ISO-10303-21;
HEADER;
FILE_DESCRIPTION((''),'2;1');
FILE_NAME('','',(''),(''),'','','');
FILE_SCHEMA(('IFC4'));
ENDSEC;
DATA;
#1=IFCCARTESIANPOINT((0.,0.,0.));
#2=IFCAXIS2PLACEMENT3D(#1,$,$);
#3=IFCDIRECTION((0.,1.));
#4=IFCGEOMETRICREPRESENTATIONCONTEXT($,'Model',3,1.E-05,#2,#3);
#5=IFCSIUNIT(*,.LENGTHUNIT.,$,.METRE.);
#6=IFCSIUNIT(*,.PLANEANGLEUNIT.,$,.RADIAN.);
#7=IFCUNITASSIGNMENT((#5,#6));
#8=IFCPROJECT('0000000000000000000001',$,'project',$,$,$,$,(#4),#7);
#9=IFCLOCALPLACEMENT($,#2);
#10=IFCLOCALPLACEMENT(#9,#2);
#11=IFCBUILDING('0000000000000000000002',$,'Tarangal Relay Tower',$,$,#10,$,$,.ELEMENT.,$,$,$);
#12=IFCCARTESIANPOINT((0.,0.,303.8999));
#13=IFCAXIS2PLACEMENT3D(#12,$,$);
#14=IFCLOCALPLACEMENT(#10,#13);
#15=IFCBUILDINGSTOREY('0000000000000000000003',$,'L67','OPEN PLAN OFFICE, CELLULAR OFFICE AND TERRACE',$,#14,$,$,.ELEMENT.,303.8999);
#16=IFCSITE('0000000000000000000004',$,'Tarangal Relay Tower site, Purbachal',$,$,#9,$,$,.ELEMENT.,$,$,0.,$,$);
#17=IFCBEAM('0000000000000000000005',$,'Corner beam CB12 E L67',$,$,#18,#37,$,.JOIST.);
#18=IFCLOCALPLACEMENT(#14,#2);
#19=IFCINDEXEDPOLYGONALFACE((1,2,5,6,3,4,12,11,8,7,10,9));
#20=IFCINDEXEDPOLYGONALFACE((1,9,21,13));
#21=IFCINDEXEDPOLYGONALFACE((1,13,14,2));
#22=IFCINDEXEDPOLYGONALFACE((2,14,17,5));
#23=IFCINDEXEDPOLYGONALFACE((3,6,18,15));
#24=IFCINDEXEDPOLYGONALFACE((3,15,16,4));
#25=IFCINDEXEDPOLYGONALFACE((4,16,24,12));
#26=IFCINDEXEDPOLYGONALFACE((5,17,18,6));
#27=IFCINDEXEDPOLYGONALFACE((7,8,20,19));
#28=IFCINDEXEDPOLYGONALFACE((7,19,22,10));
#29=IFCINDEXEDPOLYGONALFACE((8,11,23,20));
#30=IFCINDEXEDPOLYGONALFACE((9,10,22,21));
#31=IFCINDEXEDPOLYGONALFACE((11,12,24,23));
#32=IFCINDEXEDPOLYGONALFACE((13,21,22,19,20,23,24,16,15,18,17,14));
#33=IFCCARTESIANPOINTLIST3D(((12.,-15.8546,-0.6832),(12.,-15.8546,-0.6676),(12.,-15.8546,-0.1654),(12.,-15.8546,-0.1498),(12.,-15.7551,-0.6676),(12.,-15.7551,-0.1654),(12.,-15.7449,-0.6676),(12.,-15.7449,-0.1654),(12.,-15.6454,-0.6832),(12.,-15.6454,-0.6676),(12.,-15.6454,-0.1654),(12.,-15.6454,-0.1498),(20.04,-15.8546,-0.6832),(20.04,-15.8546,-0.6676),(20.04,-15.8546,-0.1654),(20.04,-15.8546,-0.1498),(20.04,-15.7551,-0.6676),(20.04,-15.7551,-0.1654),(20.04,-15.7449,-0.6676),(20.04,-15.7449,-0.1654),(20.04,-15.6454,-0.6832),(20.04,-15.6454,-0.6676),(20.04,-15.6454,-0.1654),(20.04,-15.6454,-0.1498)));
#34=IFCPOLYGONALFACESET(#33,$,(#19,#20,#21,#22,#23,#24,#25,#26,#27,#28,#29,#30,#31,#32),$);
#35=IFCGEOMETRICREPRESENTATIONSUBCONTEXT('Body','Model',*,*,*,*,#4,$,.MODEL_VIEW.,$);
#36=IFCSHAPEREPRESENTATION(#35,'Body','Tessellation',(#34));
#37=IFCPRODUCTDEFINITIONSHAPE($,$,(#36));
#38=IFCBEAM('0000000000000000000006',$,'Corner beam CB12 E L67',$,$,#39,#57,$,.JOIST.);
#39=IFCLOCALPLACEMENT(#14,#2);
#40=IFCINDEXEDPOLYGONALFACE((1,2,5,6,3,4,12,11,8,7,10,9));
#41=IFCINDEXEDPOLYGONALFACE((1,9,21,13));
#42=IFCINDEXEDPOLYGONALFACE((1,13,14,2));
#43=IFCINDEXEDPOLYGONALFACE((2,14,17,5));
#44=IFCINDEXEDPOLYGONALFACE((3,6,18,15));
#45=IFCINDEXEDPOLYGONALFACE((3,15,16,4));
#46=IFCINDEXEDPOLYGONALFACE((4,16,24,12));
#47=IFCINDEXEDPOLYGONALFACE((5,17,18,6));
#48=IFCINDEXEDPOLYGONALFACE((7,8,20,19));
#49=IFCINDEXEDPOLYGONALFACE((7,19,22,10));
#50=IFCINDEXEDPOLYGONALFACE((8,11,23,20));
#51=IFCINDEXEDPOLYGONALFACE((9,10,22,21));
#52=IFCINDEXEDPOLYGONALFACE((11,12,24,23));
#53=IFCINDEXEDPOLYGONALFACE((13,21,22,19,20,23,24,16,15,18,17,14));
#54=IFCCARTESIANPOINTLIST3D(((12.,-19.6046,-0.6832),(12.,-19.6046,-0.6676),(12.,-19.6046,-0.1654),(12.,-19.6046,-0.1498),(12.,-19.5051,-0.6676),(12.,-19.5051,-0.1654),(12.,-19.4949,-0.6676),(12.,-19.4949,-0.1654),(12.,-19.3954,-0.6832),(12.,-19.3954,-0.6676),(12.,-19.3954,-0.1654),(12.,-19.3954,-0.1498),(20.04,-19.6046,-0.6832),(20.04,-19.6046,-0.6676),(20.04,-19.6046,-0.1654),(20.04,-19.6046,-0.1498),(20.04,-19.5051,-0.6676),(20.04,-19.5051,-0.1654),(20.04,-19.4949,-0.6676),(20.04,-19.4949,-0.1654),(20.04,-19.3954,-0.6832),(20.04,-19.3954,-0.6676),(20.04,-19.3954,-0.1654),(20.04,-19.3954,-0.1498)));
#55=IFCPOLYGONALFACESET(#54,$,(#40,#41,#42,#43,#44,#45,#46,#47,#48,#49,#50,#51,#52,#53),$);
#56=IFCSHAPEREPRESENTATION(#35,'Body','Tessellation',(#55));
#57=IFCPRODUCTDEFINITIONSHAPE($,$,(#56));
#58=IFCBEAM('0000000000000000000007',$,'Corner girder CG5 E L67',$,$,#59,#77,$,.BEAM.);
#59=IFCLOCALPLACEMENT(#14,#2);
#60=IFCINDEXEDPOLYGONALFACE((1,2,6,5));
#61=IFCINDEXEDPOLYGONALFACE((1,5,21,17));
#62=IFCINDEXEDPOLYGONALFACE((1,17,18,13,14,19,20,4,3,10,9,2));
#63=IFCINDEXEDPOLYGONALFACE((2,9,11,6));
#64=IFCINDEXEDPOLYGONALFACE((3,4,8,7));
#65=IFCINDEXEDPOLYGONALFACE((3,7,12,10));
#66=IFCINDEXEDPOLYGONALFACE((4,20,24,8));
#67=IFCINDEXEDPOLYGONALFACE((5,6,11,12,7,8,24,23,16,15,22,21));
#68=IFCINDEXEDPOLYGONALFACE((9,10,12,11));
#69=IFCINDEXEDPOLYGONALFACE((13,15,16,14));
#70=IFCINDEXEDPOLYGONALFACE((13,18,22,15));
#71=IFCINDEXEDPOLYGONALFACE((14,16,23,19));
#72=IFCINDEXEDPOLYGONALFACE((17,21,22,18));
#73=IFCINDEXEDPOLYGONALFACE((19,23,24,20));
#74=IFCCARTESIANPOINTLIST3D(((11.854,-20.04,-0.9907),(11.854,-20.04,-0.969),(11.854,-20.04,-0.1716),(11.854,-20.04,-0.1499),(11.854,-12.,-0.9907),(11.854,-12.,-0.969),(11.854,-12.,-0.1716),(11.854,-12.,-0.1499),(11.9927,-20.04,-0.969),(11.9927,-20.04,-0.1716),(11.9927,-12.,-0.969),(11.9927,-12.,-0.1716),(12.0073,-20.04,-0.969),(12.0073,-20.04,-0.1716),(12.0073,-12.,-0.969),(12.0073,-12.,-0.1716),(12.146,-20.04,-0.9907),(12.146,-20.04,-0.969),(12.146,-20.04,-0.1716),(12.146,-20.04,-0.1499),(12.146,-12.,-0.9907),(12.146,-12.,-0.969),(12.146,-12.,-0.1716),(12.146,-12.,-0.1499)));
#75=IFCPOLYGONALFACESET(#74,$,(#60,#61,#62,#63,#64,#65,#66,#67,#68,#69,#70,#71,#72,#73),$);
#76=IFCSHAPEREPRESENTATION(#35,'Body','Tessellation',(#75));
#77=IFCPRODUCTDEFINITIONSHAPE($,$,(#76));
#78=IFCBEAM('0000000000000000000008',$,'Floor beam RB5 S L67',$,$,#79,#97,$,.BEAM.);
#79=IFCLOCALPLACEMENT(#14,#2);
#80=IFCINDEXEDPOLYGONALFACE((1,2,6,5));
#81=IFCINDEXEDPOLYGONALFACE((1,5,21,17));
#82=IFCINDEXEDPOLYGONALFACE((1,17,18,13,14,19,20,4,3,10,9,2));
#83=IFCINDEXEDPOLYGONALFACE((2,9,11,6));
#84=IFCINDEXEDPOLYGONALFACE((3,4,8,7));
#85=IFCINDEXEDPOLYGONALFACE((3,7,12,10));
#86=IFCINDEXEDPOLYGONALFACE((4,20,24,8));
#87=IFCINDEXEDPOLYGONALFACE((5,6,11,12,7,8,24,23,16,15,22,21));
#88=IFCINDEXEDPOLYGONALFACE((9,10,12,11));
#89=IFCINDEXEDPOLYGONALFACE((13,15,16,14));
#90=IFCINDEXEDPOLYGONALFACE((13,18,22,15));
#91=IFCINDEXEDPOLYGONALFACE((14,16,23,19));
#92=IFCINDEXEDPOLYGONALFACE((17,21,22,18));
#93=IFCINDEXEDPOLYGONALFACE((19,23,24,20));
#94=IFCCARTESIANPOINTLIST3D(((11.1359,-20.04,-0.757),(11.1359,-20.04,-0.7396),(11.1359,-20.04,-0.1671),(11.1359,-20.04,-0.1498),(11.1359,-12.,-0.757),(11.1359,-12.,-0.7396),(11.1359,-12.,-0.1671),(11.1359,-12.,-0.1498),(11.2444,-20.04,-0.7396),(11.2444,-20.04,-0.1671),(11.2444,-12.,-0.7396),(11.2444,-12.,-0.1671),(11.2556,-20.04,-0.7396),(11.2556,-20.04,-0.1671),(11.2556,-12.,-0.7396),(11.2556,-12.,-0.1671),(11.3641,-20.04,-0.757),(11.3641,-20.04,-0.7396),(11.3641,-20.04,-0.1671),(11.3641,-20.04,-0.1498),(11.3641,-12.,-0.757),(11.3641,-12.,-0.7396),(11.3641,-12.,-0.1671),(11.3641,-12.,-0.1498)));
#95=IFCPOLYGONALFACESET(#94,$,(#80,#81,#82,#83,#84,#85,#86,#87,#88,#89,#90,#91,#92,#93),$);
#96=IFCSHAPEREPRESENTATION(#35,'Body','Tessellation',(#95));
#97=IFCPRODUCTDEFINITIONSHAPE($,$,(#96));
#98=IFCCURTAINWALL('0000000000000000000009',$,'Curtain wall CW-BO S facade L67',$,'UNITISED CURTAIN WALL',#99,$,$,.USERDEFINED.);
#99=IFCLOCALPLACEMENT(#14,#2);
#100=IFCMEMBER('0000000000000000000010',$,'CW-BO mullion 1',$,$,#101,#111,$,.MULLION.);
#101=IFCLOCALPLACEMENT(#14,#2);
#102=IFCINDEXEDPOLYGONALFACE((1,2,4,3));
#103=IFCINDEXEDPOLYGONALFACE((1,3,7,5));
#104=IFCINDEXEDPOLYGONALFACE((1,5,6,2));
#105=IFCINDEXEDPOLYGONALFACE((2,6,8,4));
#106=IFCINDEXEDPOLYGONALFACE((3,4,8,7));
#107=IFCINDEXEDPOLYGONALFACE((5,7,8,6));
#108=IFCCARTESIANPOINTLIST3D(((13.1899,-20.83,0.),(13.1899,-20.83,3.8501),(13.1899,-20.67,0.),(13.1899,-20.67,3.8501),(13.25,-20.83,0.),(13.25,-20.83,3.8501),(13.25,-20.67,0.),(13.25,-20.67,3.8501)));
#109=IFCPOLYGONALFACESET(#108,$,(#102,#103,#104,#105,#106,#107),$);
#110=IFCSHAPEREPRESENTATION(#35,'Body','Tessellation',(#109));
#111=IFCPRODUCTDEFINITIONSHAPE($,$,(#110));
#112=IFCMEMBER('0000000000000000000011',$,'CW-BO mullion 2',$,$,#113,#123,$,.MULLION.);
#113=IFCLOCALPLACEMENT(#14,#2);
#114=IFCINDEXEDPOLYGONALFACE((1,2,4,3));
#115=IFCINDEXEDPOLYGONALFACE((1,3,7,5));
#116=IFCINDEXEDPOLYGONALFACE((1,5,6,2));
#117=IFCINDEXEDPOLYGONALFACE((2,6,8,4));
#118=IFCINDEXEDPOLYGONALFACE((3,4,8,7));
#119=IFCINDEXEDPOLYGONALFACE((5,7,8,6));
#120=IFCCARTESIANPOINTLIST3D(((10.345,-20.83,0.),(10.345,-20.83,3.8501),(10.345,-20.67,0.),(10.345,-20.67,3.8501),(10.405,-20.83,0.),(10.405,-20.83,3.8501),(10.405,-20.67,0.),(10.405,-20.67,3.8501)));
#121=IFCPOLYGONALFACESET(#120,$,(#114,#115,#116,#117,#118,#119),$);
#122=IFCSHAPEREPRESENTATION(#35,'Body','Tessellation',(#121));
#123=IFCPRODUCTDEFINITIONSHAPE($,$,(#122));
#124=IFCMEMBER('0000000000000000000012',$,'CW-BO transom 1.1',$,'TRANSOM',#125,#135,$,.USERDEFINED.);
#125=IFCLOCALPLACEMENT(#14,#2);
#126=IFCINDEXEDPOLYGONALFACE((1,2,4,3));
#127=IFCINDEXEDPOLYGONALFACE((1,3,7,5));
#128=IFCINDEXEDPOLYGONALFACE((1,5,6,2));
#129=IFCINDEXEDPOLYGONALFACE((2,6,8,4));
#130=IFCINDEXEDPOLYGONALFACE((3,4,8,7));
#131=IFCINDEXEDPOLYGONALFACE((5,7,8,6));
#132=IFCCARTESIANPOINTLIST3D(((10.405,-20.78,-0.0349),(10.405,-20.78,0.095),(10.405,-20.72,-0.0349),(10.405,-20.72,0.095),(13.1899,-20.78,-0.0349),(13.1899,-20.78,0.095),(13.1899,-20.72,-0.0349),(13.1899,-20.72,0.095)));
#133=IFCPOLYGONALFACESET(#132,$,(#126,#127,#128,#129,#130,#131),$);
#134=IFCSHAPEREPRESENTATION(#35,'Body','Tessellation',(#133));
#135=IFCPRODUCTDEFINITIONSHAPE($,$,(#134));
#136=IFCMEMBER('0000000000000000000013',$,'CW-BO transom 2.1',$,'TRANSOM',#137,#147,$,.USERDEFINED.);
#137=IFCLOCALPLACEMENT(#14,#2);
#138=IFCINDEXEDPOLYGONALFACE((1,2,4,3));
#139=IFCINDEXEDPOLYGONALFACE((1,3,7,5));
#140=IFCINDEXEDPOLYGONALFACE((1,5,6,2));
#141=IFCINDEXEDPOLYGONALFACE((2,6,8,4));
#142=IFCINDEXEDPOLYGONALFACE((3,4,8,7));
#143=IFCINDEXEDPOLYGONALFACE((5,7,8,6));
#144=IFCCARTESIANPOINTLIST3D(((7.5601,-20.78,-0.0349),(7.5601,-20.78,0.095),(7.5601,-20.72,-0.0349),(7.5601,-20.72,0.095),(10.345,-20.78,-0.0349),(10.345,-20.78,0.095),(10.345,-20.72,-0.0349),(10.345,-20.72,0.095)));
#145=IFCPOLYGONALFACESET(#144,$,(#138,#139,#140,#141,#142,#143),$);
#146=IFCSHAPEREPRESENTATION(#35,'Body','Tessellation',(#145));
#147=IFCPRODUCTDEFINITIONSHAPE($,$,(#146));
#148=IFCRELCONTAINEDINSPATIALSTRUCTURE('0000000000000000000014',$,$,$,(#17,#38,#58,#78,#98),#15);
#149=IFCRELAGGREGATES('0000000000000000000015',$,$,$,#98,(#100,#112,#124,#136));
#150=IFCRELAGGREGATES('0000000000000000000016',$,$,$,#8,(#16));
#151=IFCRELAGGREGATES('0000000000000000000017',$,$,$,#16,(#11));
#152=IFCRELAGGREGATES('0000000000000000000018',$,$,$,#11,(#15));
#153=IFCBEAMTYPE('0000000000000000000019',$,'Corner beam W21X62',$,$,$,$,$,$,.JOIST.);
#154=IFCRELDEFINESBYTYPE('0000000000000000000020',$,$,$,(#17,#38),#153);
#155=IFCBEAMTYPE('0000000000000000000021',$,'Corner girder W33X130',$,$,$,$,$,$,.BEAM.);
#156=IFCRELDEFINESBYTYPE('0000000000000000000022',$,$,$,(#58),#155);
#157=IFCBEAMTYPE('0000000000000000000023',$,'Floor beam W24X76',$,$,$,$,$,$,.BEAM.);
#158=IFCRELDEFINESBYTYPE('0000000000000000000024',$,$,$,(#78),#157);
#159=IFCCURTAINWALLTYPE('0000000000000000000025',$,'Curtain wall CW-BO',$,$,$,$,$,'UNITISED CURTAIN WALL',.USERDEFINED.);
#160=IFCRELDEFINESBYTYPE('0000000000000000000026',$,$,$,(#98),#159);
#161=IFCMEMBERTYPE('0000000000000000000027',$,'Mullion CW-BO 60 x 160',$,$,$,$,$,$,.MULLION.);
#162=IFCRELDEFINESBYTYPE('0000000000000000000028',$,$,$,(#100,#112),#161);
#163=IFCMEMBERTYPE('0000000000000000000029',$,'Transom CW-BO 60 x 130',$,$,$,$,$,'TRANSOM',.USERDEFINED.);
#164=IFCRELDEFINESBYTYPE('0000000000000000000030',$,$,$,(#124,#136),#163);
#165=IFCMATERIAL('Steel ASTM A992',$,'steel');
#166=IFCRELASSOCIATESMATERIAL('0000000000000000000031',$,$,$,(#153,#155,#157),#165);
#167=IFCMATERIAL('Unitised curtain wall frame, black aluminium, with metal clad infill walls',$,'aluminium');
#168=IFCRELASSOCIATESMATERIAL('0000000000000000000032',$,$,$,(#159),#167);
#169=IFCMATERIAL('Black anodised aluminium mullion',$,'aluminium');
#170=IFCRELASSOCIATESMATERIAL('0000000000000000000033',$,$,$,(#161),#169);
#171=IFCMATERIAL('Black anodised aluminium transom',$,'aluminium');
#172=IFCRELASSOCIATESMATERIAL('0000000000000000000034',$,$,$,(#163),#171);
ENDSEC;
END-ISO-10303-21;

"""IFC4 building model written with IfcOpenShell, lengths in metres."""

from ifc_helpers import new_model, si_unit, direction, frame, origin, origin_2d, place, context, subcontext, project, spatial, rectangle, i_section, extrude, material, material_profile, profile_set, type_object, element, aggregate, save


model = new_model("IFC4")

# Units and contexts
model_context = context("Model", 3, precision=1e-05, world=origin(), true_north=direction((0.0, 1.0)))
body_context = subcontext(model_context, "Body", "Model", "MODEL_VIEW")
ifc_project = project(units=[si_unit("LENGTHUNIT", "METRE"), si_unit("PLANEANGLEUNIT", "RADIAN")], contexts=[model_context])

# Site, building, storey
site_placement = place(None, origin())
site = spatial("IfcSite", under=ifc_project, at=site_placement, Name="Tarangal Relay Tower site, Purbachal", CompositionType="ELEMENT", RefElevation=0.0)
building_placement = place(site_placement, origin())
building = spatial("IfcBuilding", under=site, at=building_placement, Name="Tarangal Relay Tower", CompositionType="ELEMENT")
storey_placement = place(building_placement, frame((0.0, 0.0, 303.8999)))
storey = spatial("IfcBuildingStorey", under=building, at=storey_placement, Name="L67", Description="OPEN PLAN OFFICE, CELLULAR OFFICE AND TERRACE", CompositionType="ELEMENT", Elevation=303.8999)

# Beams
ifc_material_1 = material(Name="Steel ASTM A992", Category="steel")
ifc_material_profile_1 = material_profile(ifc_material_1, i_section(OverallWidth=0.2092, OverallDepth=0.5334, WebThickness=0.0103, FlangeThickness=0.0156, at=origin_2d()), Name="W21X62")
ifc_profile_set_1 = profile_set([ifc_material_profile_1], Name="Steel ASTM A992")
beam_type_1 = type_object("IfcBeamType", Name="Corner beam W21X62", PredefinedType="JOIST", material=ifc_profile_set_1)
for number, where, z_axis, x_axis, name in (
    (1, (12.0, -15.75, -0.4165), (1.0, 0.0, 0.0), (0.0, 1.0, 0.0), "Corner beam CB12 E L67"),
    (2, (12.0, -19.5, -0.4165), (1.0, 0.0, 0.0), (0.0, 1.0, 0.0), "Corner beam CB12 E L67"),
):
    element("IfcBeam", number, at=place(storey_placement, frame(where, z_axis=z_axis, x_axis=x_axis)), inside=storey, type_object=beam_type_1, Name=name, PredefinedType="JOIST", context=body_context, shape_type="SweptSolid", body=[
        extrude(i_section(OverallWidth=0.2092, OverallDepth=0.5334, WebThickness=0.0103, FlangeThickness=0.0156, at=origin_2d()), origin(), (0.0, 0.0, 1.0), 8.04),
    ])
ifc_material_profile_2 = material_profile(ifc_material_1, i_section(OverallWidth=0.292, OverallDepth=0.8408, WebThickness=0.0146, FlangeThickness=0.0217, at=origin_2d()), Name="W33X130")
ifc_profile_set_2 = profile_set([ifc_material_profile_2], Name="Steel ASTM A992")
beam_type_2 = type_object("IfcBeamType", Name="Corner girder W33X130", PredefinedType="BEAM", material=ifc_profile_set_2)
beam_1_placement = place(storey_placement, frame((12.0, -12.0, -0.5703), z_axis=(0.0, -1.0, 0.0), x_axis=(1.0, 0.0, 0.0)))
element("IfcBeam", 3, at=beam_1_placement, inside=storey, type_object=beam_type_2, Name="Corner girder CG5 E L67", PredefinedType="BEAM", context=body_context, shape_type="SweptSolid", body=[
    extrude(i_section(OverallWidth=0.292, OverallDepth=0.8408, WebThickness=0.0146, FlangeThickness=0.0217, at=origin_2d()), origin(), (0.0, 0.0, 1.0), 8.04),
])
ifc_material_profile_3 = material_profile(ifc_material_1, i_section(OverallWidth=0.2283, OverallDepth=0.6072, WebThickness=0.0112, FlangeThickness=0.0173, at=origin_2d()), Name="W24X76")
ifc_profile_set_3 = profile_set([ifc_material_profile_3], Name="Steel ASTM A992")
beam_type_3 = type_object("IfcBeamType", Name="Floor beam W24X76", PredefinedType="BEAM", material=ifc_profile_set_3)
beam_2_placement = place(storey_placement, frame((11.25, -12.0, -0.4534), z_axis=(0.0, -1.0, 0.0), x_axis=(1.0, 0.0, 0.0)))
element("IfcBeam", 4, at=beam_2_placement, inside=storey, type_object=beam_type_3, Name="Floor beam RB5 S L67", PredefinedType="BEAM", context=body_context, shape_type="SweptSolid", body=[
    extrude(i_section(OverallWidth=0.2283, OverallDepth=0.6072, WebThickness=0.0112, FlangeThickness=0.0173, at=origin_2d()), origin(), (0.0, 0.0, 1.0), 8.04),
])

# Curtain wall, members
ifc_material_2 = material(Name="Unitised curtain wall frame, black aluminium, with metal clad infill walls", Category="aluminium")
curtain_wall_type = type_object("IfcCurtainWallType", Name="Curtain wall CW-BO", ElementType="UNITISED CURTAIN WALL", PredefinedType="USERDEFINED", material=ifc_material_2)
curtain_wall_placement = place(storey_placement, origin())
curtain_wall = element("IfcCurtainWall", 5, at=curtain_wall_placement, inside=storey, type_object=curtain_wall_type, Name="Curtain wall CW-BO S facade L67", ObjectType="UNITISED CURTAIN WALL", PredefinedType="USERDEFINED")
ifc_material_3 = material(Name="Black anodised aluminium mullion", Category="aluminium")
ifc_material_profile_4 = material_profile(ifc_material_3, rectangle(XDim=0.1599, YDim=0.0601, at=origin_2d()), Name="CW-BOM 60X160")
ifc_profile_set_4 = profile_set([ifc_material_profile_4], Name="Black anodised aluminium mullion")
member_type_1 = type_object("IfcMemberType", Name="Mullion CW-BO 60 x 160", PredefinedType="MULLION", material=ifc_profile_set_4)
member_1_placement = place(storey_placement, frame((13.22, -20.75, 0.0), z_axis=(0.0, 0.0, 1.0), x_axis=(0.0, -1.0, 0.0)))
member_1 = element("IfcMember", 6, at=member_1_placement, type_object=member_type_1, Name="CW-BO mullion 1", PredefinedType="MULLION", context=body_context, shape_type="SweptSolid", body=[
    extrude(rectangle(XDim=0.1599, YDim=0.0601, at=origin_2d()), origin(), (0.0, 0.0, 1.0), 3.8501),
])
member_2_placement = place(storey_placement, frame((10.375, -20.75, 0.0), z_axis=(0.0, 0.0, 1.0), x_axis=(0.0, -1.0, 0.0)))
member_2 = element("IfcMember", 7, at=member_2_placement, type_object=member_type_1, Name="CW-BO mullion 2", PredefinedType="MULLION", context=body_context, shape_type="SweptSolid", body=[
    extrude(rectangle(XDim=0.1599, YDim=0.0601, at=origin_2d()), origin(), (0.0, 0.0, 1.0), 3.8501),
])
ifc_material_4 = material(Name="Black anodised aluminium transom", Category="aluminium")
ifc_material_profile_5 = material_profile(ifc_material_4, rectangle(XDim=0.0601, YDim=0.1299, at=origin_2d()), Name="CW-BOT 60X130")
ifc_profile_set_5 = profile_set([ifc_material_profile_5], Name="Black anodised aluminium transom")
member_type_2 = type_object("IfcMemberType", Name="Transom CW-BO 60 x 130", ElementType="TRANSOM", PredefinedType="USERDEFINED", material=ifc_profile_set_5)
member_3_placement = place(storey_placement, frame((13.1899, -20.75, 0.03), z_axis=(-1.0, 0.0, 0.0), x_axis=(0.0, -1.0, 0.0)))
member_3 = element("IfcMember", 8, at=member_3_placement, type_object=member_type_2, Name="CW-BO transom 1.1", ObjectType="TRANSOM", PredefinedType="USERDEFINED", context=body_context, shape_type="SweptSolid", body=[
    extrude(rectangle(XDim=0.0601, YDim=0.1299, at=origin_2d()), origin(), (0.0, 0.0, 1.0), 2.7849),
])
member_4_placement = place(storey_placement, frame((10.345, -20.75, 0.03), z_axis=(-1.0, 0.0, 0.0), x_axis=(0.0, -1.0, 0.0)))
member_4 = element("IfcMember", 9, at=member_4_placement, type_object=member_type_2, Name="CW-BO transom 2.1", ObjectType="TRANSOM", PredefinedType="USERDEFINED", context=body_context, shape_type="SweptSolid", body=[
    extrude(rectangle(XDim=0.0601, YDim=0.1299, at=origin_2d()), origin(), (0.0, 0.0, 1.0), 2.7849),
])
aggregate(curtain_wall, [member_1, member_2, member_3, member_4])

save(model, "model.ifc")
